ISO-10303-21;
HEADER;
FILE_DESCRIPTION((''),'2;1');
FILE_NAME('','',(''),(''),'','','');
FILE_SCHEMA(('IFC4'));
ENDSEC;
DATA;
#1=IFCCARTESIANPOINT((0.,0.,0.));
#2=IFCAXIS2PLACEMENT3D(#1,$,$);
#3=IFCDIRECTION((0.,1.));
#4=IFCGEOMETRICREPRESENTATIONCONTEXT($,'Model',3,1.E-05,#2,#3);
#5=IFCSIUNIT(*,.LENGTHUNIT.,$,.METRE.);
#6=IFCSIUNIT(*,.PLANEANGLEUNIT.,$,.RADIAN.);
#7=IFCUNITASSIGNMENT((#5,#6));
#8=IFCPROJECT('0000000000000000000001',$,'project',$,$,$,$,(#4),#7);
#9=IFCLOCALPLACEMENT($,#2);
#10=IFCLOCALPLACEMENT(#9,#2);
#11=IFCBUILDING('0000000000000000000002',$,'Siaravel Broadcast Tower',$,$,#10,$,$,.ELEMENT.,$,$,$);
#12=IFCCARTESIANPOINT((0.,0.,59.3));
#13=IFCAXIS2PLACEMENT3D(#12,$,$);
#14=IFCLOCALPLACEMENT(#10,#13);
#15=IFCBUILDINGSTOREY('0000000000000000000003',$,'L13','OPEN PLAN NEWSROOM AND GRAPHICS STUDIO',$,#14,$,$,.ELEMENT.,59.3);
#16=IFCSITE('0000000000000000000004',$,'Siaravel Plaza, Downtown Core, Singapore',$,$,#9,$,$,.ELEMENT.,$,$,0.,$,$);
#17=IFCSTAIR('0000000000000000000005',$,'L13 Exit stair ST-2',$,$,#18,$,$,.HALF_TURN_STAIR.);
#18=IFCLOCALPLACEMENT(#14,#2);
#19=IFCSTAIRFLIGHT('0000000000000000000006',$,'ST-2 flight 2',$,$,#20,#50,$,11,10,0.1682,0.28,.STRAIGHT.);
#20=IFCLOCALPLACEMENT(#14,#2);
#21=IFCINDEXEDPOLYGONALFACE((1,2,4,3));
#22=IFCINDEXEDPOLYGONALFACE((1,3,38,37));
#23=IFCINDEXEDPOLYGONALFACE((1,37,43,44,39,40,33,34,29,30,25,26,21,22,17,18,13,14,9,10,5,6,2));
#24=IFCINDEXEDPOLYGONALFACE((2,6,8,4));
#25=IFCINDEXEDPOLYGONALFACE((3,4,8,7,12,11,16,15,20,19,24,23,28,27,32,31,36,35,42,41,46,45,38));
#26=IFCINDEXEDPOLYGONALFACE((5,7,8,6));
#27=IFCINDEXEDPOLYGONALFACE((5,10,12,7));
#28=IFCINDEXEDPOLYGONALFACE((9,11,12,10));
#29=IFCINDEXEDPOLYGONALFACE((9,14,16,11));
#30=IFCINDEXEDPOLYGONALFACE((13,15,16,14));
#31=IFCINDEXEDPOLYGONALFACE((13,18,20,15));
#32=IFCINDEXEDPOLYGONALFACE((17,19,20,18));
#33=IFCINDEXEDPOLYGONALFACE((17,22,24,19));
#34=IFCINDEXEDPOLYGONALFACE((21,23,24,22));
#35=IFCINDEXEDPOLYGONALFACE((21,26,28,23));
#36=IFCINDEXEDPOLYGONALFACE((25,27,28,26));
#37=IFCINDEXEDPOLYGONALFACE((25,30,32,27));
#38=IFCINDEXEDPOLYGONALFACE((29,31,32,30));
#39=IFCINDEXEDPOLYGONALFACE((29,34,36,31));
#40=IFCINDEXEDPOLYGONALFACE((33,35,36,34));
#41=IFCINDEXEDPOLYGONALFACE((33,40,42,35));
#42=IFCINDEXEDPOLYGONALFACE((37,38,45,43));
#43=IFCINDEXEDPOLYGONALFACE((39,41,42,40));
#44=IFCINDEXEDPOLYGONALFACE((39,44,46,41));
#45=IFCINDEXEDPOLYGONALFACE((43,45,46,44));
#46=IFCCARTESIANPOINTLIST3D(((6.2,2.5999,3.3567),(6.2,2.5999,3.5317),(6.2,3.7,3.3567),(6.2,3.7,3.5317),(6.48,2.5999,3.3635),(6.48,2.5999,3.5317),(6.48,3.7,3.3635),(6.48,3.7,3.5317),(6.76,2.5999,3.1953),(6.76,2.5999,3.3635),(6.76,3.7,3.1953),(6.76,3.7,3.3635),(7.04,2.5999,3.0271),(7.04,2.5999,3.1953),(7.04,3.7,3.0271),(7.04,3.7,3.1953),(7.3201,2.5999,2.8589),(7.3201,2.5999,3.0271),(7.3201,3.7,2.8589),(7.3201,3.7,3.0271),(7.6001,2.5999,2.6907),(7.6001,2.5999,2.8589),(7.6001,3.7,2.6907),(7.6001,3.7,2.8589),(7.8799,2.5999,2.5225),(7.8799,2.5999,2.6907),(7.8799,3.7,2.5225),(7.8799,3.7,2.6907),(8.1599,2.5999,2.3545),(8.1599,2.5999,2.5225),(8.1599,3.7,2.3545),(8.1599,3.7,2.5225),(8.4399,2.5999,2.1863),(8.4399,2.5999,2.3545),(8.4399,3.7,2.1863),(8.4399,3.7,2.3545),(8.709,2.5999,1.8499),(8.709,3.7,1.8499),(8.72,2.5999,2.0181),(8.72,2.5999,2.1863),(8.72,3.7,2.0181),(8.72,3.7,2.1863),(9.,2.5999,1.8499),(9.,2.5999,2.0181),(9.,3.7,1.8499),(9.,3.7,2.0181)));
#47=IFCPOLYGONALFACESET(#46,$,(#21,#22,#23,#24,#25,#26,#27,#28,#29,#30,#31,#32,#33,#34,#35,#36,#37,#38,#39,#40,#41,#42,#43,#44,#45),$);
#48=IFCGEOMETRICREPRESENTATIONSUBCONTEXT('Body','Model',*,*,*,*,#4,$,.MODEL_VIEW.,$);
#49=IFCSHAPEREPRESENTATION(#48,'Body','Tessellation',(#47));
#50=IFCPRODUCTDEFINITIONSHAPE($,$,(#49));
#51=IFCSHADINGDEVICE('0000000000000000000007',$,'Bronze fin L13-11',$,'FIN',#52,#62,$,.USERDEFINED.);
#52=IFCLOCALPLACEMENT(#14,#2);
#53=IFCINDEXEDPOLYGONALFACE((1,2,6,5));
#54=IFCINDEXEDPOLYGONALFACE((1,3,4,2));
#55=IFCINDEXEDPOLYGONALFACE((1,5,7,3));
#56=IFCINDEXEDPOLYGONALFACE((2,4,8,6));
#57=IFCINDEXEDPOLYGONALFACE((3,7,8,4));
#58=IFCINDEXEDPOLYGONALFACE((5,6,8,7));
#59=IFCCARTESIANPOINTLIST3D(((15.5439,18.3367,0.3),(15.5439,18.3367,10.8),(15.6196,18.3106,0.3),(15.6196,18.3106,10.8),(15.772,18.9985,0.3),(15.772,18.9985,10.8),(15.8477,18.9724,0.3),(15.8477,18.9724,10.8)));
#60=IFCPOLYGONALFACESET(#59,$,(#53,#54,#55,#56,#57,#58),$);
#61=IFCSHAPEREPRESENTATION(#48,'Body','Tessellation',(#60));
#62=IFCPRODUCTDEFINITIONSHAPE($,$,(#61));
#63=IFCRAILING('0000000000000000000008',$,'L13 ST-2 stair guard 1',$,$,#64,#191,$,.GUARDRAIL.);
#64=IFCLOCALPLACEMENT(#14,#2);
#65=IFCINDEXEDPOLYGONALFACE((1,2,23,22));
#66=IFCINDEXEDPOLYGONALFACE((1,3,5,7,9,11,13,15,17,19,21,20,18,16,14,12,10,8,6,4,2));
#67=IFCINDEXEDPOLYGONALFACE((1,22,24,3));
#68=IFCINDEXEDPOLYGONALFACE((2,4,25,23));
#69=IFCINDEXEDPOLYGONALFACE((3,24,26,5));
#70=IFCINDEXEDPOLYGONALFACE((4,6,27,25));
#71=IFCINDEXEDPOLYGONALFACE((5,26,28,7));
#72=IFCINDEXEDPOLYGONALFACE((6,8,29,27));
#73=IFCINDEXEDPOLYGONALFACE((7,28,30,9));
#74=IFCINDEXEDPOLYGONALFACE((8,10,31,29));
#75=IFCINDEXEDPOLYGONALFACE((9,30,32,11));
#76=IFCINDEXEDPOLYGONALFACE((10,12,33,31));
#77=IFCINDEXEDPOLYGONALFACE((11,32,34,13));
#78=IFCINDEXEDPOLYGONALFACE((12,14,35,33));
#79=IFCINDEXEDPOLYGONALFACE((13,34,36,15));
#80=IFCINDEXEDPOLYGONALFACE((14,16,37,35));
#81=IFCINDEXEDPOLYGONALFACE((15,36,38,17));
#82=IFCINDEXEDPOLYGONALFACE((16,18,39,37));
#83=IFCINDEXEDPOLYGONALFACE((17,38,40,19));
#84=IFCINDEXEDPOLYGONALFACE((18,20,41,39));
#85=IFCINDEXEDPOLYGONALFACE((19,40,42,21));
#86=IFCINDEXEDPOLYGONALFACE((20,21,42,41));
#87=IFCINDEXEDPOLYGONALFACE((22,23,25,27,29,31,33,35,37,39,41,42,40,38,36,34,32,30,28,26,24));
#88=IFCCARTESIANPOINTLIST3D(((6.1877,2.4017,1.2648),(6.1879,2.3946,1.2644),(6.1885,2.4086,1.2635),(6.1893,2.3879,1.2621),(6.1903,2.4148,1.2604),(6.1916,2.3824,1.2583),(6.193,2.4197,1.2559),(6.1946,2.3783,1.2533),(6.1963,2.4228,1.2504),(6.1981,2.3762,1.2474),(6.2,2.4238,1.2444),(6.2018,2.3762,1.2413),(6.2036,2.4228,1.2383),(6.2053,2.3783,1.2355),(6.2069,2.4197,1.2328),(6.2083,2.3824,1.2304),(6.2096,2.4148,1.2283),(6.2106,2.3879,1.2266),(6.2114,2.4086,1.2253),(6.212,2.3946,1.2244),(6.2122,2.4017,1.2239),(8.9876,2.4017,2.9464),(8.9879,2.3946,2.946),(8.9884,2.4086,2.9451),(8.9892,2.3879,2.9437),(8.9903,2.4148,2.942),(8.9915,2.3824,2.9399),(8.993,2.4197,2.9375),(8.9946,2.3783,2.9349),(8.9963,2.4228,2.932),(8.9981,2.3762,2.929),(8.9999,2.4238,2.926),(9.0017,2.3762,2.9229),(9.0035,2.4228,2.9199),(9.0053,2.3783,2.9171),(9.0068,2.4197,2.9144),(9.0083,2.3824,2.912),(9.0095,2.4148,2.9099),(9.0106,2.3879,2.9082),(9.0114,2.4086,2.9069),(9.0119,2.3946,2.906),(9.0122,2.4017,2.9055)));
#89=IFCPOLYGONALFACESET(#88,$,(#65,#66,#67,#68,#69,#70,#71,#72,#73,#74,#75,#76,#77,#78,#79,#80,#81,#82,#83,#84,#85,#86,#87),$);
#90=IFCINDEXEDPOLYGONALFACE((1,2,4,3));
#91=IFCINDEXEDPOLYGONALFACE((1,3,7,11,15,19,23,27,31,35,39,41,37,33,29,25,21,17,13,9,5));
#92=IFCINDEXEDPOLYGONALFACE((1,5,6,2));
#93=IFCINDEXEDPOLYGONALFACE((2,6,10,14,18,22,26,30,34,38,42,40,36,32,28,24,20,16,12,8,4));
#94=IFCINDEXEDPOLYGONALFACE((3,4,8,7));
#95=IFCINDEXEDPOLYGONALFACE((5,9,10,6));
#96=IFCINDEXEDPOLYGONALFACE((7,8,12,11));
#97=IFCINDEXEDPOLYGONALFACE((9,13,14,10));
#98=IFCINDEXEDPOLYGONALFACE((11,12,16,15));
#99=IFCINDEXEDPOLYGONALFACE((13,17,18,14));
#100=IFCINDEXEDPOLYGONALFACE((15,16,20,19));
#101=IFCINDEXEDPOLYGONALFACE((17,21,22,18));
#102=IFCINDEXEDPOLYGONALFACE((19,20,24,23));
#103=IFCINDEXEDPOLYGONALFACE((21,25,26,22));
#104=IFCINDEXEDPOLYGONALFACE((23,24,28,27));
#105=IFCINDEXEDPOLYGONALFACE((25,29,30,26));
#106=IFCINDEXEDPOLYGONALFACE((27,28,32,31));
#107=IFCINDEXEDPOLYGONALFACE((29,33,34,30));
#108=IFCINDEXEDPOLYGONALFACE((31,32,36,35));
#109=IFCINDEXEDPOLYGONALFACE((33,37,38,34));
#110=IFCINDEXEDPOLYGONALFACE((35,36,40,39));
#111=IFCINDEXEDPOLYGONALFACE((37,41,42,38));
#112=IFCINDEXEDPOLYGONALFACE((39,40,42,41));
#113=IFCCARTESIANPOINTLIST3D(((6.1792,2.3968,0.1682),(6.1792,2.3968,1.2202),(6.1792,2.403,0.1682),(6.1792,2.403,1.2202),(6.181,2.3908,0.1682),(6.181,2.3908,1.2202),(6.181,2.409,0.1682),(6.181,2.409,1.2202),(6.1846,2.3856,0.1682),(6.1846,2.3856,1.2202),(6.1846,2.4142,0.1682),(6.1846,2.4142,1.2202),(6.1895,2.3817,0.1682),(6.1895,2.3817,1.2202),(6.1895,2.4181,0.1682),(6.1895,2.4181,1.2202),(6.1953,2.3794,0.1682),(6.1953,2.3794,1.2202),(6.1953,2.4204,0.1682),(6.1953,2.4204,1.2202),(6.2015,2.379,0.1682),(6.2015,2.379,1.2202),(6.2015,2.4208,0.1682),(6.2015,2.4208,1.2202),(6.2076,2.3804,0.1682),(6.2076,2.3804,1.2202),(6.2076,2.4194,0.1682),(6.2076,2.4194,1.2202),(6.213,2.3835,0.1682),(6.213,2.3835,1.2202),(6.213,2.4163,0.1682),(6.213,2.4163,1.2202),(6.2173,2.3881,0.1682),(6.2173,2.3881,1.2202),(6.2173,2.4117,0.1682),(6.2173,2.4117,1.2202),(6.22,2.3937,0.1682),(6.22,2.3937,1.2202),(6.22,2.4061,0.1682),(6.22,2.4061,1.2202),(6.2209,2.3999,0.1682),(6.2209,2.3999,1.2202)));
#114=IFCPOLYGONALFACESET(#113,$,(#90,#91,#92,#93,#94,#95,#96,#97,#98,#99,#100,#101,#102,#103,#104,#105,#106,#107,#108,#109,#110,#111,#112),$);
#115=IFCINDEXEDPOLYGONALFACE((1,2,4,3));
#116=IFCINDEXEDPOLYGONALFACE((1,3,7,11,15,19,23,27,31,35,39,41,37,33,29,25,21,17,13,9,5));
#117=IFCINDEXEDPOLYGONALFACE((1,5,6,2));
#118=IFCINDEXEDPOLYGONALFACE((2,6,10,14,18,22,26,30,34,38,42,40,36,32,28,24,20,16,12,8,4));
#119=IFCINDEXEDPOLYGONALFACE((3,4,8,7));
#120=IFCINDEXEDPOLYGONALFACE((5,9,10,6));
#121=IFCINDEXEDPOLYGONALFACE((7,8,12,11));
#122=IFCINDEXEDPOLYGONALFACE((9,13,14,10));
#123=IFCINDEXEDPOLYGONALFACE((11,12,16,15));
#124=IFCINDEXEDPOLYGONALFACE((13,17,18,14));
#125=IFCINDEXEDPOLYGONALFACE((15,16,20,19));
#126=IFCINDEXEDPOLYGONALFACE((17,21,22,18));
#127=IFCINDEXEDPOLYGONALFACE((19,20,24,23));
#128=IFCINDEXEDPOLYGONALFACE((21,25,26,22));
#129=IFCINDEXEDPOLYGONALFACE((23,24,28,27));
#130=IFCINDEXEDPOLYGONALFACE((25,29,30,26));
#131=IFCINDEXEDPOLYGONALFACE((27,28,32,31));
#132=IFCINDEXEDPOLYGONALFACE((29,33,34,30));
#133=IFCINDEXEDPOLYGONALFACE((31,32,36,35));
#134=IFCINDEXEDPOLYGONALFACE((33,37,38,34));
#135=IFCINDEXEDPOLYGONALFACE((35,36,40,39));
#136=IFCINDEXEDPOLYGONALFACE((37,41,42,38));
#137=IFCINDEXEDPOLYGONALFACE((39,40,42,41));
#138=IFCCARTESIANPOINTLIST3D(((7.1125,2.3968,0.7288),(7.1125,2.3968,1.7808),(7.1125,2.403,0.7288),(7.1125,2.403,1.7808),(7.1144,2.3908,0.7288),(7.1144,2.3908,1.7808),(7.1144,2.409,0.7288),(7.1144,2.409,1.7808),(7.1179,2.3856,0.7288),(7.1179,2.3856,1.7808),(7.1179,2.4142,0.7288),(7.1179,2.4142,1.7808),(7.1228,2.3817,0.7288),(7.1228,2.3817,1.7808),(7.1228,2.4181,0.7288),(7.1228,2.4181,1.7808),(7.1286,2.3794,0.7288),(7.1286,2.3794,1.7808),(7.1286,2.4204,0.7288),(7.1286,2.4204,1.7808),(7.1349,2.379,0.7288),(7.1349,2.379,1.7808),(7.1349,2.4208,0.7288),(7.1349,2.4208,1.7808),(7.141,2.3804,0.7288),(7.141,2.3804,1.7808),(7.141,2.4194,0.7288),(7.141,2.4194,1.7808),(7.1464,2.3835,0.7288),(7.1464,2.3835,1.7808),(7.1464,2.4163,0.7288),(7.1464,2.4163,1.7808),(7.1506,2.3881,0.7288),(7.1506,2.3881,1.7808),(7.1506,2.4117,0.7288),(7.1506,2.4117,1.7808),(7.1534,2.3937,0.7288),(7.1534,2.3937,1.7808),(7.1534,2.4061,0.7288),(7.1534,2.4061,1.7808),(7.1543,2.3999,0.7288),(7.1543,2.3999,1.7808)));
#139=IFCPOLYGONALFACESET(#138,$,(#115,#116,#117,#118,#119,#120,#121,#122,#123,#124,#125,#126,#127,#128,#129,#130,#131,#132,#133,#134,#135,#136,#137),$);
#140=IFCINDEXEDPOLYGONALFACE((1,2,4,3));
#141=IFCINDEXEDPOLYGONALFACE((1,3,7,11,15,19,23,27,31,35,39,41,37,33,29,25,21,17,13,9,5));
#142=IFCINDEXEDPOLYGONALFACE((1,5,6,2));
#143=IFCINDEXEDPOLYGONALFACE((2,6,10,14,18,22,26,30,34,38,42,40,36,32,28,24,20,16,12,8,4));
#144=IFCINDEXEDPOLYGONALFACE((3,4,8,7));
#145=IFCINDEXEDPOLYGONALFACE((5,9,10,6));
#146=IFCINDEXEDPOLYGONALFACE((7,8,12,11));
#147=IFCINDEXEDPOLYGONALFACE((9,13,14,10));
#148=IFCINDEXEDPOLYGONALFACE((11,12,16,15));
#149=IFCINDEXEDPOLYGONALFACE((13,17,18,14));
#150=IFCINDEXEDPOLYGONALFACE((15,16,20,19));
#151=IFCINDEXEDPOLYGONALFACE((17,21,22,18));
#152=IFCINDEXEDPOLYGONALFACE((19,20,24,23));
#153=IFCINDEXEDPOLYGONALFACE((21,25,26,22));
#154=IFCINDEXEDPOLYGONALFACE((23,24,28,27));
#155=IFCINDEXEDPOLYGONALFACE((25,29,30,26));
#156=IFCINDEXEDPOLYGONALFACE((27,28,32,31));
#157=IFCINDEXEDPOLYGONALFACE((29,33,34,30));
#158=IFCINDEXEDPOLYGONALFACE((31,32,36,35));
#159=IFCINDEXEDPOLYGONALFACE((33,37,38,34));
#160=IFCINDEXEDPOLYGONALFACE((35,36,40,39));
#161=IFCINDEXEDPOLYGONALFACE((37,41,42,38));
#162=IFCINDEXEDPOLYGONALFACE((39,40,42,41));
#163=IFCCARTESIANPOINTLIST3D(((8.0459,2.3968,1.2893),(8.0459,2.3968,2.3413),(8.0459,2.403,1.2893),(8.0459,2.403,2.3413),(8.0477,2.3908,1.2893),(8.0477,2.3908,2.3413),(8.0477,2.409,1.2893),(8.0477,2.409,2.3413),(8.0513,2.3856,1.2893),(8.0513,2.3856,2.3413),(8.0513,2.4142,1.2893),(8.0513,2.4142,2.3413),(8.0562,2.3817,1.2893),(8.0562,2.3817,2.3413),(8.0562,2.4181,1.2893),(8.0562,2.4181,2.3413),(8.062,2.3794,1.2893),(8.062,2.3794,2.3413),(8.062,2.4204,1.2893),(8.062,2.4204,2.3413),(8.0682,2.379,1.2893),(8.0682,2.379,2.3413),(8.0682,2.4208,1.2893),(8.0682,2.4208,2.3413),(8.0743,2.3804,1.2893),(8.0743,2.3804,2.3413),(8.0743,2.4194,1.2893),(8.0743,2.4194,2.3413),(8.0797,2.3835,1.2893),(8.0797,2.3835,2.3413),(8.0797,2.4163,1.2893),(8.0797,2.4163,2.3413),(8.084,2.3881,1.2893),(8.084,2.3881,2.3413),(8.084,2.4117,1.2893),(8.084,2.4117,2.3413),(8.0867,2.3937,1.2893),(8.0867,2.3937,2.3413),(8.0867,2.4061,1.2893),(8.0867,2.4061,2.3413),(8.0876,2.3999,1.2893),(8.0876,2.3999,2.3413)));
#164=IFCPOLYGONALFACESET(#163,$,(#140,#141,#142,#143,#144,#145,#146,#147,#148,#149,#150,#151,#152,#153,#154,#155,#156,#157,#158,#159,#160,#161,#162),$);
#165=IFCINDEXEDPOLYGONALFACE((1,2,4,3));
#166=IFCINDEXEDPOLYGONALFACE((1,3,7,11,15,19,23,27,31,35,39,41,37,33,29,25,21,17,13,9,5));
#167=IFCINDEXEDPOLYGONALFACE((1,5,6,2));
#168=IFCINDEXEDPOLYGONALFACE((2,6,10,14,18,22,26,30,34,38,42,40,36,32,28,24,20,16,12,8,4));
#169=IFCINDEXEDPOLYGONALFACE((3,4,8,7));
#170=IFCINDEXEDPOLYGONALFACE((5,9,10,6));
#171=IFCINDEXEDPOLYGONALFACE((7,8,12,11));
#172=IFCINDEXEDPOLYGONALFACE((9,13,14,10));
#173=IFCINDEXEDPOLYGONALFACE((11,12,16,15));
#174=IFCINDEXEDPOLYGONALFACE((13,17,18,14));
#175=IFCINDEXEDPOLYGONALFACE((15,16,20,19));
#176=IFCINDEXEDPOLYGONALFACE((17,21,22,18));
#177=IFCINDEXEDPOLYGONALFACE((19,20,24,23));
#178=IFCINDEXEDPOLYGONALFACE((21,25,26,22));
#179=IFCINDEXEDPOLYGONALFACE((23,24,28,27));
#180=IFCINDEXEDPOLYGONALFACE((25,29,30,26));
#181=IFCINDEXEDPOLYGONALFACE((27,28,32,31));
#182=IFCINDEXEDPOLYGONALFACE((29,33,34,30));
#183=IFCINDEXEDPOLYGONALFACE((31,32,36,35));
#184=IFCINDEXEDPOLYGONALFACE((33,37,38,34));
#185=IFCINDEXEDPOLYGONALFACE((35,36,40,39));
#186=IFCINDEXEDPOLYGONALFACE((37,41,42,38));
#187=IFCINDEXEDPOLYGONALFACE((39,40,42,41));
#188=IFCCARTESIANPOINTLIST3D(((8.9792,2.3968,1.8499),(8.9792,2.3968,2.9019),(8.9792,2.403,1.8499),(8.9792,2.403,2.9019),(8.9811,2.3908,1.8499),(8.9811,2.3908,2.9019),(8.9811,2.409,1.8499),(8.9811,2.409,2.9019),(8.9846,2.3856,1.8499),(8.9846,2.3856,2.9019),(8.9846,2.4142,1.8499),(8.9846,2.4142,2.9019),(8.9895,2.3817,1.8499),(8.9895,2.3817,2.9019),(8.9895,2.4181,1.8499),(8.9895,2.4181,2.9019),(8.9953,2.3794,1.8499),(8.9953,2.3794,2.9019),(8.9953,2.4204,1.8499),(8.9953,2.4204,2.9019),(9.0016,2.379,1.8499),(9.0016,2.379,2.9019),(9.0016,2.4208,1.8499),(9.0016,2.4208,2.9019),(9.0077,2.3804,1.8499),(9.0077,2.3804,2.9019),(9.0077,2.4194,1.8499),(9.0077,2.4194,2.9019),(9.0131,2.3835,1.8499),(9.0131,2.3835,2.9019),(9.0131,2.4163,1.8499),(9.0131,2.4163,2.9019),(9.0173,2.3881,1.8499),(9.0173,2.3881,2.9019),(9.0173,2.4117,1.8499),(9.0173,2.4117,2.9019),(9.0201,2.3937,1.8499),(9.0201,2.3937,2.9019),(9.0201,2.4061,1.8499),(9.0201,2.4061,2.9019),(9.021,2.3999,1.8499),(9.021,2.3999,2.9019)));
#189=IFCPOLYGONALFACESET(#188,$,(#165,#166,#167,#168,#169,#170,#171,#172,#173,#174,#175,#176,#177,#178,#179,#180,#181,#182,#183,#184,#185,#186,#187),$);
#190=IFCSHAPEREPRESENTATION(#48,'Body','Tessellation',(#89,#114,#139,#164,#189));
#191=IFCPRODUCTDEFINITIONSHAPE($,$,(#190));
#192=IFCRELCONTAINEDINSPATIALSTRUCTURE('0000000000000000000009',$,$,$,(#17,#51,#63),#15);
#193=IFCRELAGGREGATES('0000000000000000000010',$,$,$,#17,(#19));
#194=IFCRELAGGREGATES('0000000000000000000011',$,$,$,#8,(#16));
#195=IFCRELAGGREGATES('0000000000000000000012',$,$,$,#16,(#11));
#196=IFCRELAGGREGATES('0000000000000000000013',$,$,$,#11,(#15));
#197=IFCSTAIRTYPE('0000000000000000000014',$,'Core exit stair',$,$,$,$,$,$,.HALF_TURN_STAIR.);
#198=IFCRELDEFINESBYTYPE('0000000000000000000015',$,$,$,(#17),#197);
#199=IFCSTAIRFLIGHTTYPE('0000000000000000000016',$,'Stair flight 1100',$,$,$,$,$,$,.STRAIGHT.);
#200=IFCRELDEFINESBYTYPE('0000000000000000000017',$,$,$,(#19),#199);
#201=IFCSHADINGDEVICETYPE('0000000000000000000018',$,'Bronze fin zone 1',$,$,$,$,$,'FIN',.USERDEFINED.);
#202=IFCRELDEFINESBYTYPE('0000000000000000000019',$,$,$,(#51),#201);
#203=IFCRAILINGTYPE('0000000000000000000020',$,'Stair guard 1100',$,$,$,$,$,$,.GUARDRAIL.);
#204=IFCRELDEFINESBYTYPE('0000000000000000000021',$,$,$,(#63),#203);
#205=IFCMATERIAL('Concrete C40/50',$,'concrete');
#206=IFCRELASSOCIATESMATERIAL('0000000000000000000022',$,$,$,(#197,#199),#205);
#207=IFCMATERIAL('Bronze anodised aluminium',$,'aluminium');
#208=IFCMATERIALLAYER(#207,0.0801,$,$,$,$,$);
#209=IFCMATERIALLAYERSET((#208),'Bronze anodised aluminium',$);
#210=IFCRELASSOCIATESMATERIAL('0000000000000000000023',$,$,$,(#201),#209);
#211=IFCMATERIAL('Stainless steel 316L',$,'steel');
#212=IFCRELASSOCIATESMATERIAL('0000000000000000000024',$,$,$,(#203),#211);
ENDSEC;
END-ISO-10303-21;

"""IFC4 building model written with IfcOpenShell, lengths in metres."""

from ifc_helpers import new_model, si_unit, direction, frame, origin, origin_2d, place, context, subcontext, project, spatial, polyline, rectangle, circle, outline, extrude, material, layer, layer_set, type_object, element, aggregate, save


model = new_model("IFC4")

# Units and contexts
model_context = context("Model", 3, precision=1e-05, world=origin(), true_north=direction((0.0, 1.0)))
body_context = subcontext(model_context, "Body", "Model", "MODEL_VIEW")
ifc_project = project(units=[si_unit("LENGTHUNIT", "METRE"), si_unit("PLANEANGLEUNIT", "RADIAN")], contexts=[model_context])

# Site, building, storey
site_placement = place(None, origin())
site = spatial("IfcSite", under=ifc_project, at=site_placement, Name="Siaravel Plaza, Downtown Core, Singapore", CompositionType="ELEMENT", RefElevation=0.0)
building_placement = place(site_placement, origin())
building = spatial("IfcBuilding", under=site, at=building_placement, Name="Siaravel Broadcast Tower", CompositionType="ELEMENT")
storey_placement = place(building_placement, frame((0.0, 0.0, 59.3)))
storey = spatial("IfcBuildingStorey", under=building, at=storey_placement, Name="L13", Description="OPEN PLAN NEWSROOM AND GRAPHICS STUDIO", CompositionType="ELEMENT", Elevation=59.3)

# Stair, stair flight
ifc_material_1 = material(Name="Concrete C40/50", Category="concrete")
stair_type = type_object("IfcStairType", Name="Core exit stair", PredefinedType="HALF_TURN_STAIR", material=ifc_material_1)
stair_placement = place(storey_placement, origin())
stair = element("IfcStair", 1, at=stair_placement, inside=storey, type_object=stair_type, Name="L13 Exit stair ST-2", PredefinedType="HALF_TURN_STAIR")
stair_flight_type = type_object("IfcStairFlightType", Name="Stair flight 1100", PredefinedType="STRAIGHT", material=ifc_material_1)
stair_flight_1_placement = place(storey_placement, frame((9.0, 3.1499, 1.8499), z_axis=(0.0, 0.0, 1.0), x_axis=(-1.0, 0.0, 0.0)))
stair_flight_1 = element("IfcStairFlight", 2, at=stair_flight_1_placement, type_object=stair_flight_type, Name="ST-2 flight 2", NumberOfRisers=11, NumberOfTreads=10, PredefinedType="STRAIGHT", RiserHeight=0.1682, TreadLength=0.28, context=body_context, shape_type="SweptSolid", body=[
    extrude(outline(polyline([(0.0, 0.0), (0.0, 0.1682), (0.28, 0.1682), (0.28, 0.3364), (0.5601, 0.3364), (0.5601, 0.5046), (0.8401, 0.5046), (0.8401, 0.6726), (1.1201, 0.6726), (1.1201, 0.8408), (1.3999, 0.8408), (1.3999, 1.009), (1.6799, 1.009), (1.6799, 1.1772), (1.96, 1.1772), (1.96, 1.3455), (2.24, 1.3455), (2.24, 1.5137), (2.52, 1.5137), (2.52, 1.6819), (2.8, 1.6819), (2.8, 1.8501), (2.8, 1.5068), (0.291, 0.0), (0.0, 0.0)])), frame((0.0, 0.55, 0.0), z_axis=(0.0, -1.0, 0.0), x_axis=(1.0, 0.0, 0.0)), (0.0, 0.0, 1.0), 1.1001),
])
aggregate(stair, [stair_flight_1])

# Shading device
ifc_material_2 = material(Name="Bronze anodised aluminium", Category="aluminium")
ifc_layer_1 = layer(ifc_material_2, 0.0801)
ifc_layer_set_1 = layer_set([ifc_layer_1], Name="Bronze anodised aluminium")
shading_device_type = type_object("IfcShadingDeviceType", Name="Bronze fin zone 1", ElementType="FIN", PredefinedType="USERDEFINED", material=ifc_layer_set_1)
shading_device_placement = place(storey_placement, frame((15.6958, 18.6545, 0.3), z_axis=(0.0, 0.0, 1.0), x_axis=(0.325788, 0.945443, 0.0)))
element("IfcShadingDevice", 3, at=shading_device_placement, inside=storey, type_object=shading_device_type, Name="Bronze fin L13-11", ObjectType="FIN", PredefinedType="USERDEFINED", context=body_context, shape_type="SweptSolid", body=[
    extrude(rectangle(XDim=0.7, YDim=0.0801, at=origin_2d()), origin(), (0.0, 0.0, 1.0), 10.5),
])

# Railing
ifc_material_3 = material(Name="Stainless steel 316L", Category="steel")
railing_type_1 = type_object("IfcRailingType", Name="Stair guard 1100", PredefinedType="GUARDRAIL", material=ifc_material_3)
railing_1_placement = place(storey_placement, frame((6.2, 2.3999, 0.1682)))
element("IfcRailing", 4, at=railing_1_placement, inside=storey, type_object=railing_type_1, Name="L13 ST-2 stair guard 1", PredefinedType="GUARDRAIL", context=body_context, shape_type="SweptSolid", body=[
    extrude(circle(Radius=0.0239, at=origin_2d()), frame((0.0, 0.0, 1.0762), z_axis=(0.857275, 0.0, 0.514858), x_axis=(0.0, 1.0, 0.0)), (0.0, 0.0, 1.0), 3.2661),
    extrude(circle(Radius=0.021, at=origin_2d()), origin(), (0.0, 0.0, 1.0), 1.052),
    extrude(circle(Radius=0.021, at=origin_2d()), frame((0.9333, 0.0, 0.5605)), (0.0, 0.0, 1.0), 1.052),
    extrude(circle(Radius=0.021, at=origin_2d()), frame((1.8667, 0.0, 1.1211)), (0.0, 0.0, 1.0), 1.052),
    extrude(circle(Radius=0.021, at=origin_2d()), frame((2.8, 0.0, 1.6816)), (0.0, 0.0, 1.0), 1.052),
])

save(model, "model.ifc")
